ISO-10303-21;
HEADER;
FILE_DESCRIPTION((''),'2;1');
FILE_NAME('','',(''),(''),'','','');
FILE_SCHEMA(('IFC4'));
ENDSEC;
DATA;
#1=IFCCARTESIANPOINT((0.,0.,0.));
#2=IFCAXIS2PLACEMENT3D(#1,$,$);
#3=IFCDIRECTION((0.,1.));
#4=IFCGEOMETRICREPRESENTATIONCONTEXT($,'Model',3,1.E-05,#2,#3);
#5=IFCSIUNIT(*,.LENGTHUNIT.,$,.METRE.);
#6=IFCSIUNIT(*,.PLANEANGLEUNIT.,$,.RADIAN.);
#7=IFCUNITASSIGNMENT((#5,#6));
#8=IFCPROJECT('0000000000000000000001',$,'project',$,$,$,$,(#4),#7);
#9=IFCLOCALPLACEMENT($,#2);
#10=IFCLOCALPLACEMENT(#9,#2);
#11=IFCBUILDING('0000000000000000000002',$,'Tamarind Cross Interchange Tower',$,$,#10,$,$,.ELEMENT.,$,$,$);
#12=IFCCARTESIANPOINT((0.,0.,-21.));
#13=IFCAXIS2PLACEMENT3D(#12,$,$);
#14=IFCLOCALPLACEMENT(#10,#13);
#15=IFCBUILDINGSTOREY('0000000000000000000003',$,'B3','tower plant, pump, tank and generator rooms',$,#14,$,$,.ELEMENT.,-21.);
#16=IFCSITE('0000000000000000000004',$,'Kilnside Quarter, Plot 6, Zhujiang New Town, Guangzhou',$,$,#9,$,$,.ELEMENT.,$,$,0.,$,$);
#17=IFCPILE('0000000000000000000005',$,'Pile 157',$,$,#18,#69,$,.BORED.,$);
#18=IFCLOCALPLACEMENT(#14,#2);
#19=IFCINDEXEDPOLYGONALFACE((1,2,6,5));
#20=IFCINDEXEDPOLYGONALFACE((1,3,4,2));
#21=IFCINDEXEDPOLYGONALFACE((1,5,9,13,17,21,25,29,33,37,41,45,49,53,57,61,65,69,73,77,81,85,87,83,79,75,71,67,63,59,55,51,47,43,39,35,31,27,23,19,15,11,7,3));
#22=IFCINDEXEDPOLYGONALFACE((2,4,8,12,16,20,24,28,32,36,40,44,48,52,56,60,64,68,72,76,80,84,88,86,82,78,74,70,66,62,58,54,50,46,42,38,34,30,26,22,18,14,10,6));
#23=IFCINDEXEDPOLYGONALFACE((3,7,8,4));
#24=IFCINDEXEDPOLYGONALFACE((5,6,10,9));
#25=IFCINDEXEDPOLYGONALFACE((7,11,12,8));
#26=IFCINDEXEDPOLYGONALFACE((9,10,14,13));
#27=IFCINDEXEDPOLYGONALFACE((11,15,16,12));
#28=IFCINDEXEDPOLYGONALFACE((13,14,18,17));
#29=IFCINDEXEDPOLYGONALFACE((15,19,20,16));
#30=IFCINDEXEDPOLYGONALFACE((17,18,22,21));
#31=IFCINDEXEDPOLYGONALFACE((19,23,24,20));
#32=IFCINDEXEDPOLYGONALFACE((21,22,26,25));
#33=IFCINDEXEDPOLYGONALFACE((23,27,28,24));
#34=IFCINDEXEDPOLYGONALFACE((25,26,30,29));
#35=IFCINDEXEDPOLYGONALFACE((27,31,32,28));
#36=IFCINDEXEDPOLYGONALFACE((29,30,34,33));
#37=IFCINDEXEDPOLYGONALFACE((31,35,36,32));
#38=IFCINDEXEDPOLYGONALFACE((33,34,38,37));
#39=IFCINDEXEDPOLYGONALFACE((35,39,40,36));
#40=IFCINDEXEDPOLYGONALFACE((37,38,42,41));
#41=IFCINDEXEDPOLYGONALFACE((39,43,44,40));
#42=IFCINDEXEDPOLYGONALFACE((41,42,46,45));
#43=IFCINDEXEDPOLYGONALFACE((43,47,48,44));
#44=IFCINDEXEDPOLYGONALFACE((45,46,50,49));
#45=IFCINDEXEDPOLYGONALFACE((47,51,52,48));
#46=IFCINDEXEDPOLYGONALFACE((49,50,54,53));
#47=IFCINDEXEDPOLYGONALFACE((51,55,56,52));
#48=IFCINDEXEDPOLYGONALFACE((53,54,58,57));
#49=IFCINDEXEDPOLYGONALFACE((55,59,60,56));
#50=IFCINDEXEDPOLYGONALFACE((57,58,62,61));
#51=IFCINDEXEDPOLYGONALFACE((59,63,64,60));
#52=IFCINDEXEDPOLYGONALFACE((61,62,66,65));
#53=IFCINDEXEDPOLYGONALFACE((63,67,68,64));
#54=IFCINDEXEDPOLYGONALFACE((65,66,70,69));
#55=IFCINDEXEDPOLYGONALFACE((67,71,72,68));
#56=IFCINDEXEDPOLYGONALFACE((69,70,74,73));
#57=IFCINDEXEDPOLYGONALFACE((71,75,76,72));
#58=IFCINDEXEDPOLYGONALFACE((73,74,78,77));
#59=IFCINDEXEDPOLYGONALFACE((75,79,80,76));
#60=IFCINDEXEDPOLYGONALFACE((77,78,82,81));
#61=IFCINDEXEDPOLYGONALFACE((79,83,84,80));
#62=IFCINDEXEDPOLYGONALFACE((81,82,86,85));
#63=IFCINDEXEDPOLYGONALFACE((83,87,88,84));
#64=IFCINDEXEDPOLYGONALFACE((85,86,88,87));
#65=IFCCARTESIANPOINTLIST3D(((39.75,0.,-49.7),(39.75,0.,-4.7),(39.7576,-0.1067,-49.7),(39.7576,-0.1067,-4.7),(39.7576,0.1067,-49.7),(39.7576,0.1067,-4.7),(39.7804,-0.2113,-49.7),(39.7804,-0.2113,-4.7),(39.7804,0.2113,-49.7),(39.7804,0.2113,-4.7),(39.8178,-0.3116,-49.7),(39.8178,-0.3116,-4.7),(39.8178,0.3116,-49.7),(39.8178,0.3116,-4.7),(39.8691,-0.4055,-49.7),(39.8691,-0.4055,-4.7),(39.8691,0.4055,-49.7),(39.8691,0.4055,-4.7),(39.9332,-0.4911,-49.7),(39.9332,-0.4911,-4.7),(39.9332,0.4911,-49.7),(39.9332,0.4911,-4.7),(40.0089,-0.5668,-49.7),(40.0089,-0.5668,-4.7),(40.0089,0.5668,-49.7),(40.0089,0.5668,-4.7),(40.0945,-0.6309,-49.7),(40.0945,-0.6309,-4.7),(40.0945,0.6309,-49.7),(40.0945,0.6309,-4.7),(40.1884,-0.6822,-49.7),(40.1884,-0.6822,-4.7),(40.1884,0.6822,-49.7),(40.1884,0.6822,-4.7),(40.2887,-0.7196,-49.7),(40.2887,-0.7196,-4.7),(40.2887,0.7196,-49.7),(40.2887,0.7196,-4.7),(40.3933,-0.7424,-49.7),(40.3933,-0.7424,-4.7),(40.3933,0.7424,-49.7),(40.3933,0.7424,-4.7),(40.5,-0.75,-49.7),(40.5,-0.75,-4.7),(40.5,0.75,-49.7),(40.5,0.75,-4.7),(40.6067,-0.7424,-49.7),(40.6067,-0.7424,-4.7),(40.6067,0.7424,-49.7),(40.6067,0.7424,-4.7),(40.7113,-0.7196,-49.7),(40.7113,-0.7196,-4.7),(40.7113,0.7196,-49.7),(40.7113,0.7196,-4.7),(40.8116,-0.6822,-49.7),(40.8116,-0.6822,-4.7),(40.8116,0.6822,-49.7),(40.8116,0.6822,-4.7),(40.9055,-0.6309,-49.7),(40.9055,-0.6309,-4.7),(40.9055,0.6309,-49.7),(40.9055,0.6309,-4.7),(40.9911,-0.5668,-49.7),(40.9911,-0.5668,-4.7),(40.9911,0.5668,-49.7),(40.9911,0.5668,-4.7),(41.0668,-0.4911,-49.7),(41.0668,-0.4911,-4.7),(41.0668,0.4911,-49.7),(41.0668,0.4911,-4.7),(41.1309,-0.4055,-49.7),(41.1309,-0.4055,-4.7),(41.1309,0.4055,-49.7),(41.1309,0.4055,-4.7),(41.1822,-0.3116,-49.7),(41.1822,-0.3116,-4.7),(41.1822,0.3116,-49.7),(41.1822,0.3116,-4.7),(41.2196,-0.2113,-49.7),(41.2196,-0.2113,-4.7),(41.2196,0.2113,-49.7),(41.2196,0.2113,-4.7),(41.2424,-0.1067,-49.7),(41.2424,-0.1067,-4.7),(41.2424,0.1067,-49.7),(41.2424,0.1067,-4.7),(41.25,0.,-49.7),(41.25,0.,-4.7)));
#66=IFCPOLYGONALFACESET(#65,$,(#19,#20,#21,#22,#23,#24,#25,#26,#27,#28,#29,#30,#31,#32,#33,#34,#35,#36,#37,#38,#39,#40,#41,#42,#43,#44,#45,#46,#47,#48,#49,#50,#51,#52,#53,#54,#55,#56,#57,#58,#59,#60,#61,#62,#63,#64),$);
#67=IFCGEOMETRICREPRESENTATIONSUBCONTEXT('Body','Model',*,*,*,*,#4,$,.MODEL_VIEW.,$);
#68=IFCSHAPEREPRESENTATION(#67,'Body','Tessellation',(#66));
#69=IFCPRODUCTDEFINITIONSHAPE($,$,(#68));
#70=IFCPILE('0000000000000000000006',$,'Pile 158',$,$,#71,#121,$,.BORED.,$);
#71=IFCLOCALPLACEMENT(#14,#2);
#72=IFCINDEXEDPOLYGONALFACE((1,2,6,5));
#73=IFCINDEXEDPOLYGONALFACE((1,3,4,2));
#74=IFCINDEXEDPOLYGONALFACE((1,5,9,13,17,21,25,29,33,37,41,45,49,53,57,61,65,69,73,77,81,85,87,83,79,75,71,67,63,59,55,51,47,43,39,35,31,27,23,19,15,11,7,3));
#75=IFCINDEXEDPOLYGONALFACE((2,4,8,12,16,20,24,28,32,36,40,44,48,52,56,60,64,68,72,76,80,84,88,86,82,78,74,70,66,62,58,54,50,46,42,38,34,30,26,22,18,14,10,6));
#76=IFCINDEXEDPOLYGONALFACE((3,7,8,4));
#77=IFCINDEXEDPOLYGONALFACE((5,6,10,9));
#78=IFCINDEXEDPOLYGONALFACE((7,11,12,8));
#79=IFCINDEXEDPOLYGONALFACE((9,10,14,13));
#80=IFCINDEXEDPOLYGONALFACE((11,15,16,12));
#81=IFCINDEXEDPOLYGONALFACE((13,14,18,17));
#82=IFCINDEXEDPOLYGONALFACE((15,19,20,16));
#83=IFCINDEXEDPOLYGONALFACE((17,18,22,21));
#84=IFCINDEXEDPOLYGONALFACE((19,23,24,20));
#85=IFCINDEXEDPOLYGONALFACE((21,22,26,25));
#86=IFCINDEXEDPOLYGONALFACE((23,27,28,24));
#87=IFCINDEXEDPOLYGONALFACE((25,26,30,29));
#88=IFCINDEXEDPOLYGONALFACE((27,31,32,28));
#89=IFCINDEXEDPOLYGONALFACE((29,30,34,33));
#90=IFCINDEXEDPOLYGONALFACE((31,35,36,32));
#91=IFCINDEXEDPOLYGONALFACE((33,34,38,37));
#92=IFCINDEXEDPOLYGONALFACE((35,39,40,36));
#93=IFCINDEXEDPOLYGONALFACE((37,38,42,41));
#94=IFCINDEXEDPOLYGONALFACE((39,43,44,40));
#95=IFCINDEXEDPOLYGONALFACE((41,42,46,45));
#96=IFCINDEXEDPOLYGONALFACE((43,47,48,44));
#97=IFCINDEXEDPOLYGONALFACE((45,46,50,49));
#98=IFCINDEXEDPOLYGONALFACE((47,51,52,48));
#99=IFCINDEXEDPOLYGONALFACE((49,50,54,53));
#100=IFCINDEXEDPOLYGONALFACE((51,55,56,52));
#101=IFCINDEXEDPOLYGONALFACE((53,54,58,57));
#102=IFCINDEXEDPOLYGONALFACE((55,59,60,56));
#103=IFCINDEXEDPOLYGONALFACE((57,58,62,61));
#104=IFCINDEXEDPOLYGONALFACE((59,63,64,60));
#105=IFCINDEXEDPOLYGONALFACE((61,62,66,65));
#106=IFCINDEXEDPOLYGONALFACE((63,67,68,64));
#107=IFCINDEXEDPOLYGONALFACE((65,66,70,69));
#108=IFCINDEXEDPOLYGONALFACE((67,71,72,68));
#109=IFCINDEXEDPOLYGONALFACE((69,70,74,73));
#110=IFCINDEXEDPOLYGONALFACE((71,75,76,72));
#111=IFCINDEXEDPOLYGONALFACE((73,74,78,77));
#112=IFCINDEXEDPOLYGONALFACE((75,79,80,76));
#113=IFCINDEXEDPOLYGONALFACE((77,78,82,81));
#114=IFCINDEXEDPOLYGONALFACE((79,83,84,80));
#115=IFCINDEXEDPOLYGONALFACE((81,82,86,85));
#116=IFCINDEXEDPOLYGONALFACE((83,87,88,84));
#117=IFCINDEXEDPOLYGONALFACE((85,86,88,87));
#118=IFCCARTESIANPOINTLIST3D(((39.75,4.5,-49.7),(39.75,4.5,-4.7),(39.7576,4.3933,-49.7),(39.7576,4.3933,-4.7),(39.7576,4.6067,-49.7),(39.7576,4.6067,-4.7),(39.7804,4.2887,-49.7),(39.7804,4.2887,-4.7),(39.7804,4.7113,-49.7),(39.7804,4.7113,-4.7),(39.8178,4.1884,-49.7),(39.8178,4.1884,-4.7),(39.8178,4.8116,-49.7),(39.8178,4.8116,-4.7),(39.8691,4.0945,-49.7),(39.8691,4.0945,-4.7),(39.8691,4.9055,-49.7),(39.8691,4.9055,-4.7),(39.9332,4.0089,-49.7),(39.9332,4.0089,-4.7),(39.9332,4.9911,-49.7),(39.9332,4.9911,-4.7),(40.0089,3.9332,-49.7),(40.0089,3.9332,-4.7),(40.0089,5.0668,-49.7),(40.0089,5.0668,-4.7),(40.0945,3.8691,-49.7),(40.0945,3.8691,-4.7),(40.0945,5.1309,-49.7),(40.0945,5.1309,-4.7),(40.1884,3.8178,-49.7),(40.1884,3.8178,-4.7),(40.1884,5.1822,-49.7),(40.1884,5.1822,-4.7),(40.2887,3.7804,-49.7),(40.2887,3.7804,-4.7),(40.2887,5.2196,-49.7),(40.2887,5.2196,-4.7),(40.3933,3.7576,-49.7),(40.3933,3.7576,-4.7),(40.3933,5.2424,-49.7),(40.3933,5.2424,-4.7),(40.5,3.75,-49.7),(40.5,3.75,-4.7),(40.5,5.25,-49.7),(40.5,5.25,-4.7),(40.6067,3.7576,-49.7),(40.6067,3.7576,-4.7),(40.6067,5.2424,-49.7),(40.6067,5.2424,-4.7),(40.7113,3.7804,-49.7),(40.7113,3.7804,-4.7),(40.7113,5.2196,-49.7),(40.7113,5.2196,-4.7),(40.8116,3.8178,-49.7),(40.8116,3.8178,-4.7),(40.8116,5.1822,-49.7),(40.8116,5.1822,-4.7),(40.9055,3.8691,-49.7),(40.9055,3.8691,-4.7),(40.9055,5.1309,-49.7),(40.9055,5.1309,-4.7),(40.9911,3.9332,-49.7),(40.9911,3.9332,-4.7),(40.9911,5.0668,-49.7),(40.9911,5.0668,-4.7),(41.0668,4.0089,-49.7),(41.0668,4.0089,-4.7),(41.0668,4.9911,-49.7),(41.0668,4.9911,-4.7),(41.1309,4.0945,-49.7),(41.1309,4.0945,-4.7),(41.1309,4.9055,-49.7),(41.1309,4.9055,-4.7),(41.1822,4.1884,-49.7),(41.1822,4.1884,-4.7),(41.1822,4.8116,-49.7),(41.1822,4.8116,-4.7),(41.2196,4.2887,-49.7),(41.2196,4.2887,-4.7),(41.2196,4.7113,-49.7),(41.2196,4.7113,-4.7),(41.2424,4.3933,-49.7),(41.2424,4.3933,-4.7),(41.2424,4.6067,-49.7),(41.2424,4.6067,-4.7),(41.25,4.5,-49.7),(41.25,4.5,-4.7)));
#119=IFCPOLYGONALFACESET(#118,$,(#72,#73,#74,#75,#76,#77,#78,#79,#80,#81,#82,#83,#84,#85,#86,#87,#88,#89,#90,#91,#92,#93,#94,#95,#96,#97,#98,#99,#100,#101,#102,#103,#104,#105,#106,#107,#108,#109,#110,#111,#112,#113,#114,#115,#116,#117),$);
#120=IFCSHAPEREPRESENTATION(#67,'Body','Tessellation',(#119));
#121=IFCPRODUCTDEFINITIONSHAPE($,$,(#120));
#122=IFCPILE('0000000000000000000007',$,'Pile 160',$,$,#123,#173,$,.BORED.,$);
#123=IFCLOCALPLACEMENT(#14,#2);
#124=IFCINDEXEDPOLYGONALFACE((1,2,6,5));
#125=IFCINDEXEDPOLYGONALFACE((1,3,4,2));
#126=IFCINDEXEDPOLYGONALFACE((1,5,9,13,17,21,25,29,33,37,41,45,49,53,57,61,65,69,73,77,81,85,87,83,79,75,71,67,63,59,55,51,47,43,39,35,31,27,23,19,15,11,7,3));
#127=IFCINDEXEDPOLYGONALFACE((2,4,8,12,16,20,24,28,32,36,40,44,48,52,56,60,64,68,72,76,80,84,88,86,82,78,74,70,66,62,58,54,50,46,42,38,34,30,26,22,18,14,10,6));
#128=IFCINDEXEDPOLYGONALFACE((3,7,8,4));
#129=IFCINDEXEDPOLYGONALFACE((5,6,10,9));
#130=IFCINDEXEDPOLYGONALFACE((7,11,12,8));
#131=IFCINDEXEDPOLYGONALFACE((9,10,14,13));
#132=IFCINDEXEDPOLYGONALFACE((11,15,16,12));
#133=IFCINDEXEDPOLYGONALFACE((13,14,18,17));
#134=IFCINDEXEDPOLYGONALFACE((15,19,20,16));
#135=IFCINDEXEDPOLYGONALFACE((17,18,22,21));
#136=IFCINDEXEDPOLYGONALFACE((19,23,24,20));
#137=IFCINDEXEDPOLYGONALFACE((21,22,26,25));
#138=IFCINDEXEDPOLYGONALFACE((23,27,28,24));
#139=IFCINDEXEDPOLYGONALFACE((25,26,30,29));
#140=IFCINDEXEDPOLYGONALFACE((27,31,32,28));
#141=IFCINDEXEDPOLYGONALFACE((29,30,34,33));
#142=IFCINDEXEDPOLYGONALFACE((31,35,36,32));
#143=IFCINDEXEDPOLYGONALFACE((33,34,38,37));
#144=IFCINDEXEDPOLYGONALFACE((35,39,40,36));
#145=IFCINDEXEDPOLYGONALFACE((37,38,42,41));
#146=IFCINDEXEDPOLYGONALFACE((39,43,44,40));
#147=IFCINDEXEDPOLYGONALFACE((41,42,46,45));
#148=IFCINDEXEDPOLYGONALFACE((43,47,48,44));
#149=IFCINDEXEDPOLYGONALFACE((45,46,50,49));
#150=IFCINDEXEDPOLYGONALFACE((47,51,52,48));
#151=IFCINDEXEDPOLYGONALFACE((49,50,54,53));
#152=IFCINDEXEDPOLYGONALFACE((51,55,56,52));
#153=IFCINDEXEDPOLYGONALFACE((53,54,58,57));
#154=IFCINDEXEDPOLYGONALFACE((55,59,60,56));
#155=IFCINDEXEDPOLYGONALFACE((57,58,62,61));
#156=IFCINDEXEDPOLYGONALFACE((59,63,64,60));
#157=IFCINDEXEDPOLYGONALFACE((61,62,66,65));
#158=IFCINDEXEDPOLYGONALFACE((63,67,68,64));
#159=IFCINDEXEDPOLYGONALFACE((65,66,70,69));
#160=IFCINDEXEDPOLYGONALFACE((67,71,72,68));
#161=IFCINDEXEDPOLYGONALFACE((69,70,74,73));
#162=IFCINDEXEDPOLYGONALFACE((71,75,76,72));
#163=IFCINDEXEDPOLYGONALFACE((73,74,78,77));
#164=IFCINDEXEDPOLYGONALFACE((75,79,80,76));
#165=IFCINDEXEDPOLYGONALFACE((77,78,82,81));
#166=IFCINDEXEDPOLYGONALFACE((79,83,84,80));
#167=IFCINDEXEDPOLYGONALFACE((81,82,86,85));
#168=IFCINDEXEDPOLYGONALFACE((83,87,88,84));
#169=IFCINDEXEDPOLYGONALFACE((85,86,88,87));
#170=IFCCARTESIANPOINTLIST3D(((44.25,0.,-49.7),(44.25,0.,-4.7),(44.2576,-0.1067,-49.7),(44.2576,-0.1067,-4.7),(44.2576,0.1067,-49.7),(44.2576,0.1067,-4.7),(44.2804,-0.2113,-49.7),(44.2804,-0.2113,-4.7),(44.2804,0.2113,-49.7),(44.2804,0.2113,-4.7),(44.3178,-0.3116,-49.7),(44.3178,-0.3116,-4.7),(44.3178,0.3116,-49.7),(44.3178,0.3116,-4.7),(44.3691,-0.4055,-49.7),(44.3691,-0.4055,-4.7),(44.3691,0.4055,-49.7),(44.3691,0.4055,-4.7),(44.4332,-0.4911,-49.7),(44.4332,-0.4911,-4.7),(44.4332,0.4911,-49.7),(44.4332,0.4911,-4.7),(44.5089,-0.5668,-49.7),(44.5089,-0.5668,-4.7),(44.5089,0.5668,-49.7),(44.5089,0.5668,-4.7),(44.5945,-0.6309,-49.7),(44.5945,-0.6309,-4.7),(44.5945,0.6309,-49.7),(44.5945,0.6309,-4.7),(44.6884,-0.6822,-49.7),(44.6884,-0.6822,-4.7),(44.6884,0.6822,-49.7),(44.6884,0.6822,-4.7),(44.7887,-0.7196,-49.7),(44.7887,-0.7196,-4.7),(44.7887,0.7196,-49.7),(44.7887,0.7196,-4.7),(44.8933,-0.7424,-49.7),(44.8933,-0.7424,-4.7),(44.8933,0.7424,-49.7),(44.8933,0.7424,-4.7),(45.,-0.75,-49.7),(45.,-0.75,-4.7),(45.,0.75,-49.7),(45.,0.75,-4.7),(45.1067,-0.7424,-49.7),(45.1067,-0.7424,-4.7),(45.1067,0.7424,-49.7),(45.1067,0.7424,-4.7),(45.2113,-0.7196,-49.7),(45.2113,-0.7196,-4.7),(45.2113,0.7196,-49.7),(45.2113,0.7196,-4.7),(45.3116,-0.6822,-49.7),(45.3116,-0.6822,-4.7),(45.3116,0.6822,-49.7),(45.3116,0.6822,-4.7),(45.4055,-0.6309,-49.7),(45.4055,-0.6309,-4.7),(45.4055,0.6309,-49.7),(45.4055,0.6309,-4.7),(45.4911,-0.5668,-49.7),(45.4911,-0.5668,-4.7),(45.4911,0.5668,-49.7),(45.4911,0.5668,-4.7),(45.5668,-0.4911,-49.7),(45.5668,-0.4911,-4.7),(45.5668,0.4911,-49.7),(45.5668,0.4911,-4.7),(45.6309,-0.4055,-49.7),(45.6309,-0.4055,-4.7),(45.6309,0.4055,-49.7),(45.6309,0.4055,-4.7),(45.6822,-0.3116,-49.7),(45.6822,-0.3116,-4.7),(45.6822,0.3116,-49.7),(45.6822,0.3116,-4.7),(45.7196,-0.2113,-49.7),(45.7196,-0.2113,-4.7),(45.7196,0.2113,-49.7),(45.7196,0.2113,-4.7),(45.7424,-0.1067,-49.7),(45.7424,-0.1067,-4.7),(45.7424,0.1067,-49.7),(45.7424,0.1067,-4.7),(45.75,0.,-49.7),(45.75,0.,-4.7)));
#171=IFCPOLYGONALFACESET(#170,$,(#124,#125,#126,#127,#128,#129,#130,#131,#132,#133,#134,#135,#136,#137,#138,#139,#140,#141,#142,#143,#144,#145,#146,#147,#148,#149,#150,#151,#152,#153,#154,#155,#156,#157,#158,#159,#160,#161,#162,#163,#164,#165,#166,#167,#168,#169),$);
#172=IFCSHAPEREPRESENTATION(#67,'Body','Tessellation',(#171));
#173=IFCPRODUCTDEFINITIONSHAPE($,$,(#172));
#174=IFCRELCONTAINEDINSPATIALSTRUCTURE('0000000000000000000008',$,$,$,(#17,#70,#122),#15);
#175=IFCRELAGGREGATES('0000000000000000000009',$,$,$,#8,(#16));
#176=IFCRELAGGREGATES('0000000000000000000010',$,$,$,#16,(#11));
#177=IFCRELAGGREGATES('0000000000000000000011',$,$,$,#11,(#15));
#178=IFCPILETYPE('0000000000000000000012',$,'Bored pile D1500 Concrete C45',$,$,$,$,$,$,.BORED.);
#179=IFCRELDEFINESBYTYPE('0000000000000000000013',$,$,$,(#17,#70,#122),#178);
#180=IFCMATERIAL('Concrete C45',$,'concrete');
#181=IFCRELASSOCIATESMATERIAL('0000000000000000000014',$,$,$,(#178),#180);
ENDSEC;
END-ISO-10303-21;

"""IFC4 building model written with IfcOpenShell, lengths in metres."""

from ifc_helpers import new_model, si_unit, direction, frame, origin, origin_2d, place, context, subcontext, project, spatial, circle, extrude, material, material_profile, profile_set, type_object, element, save


model = new_model("IFC4")

# Units and contexts
model_context = context("Model", 3, precision=1e-05, world=origin(), true_north=direction((0.0, 1.0)))
body_context = subcontext(model_context, "Body", "Model", "MODEL_VIEW")
ifc_project = project(units=[si_unit("LENGTHUNIT", "METRE"), si_unit("PLANEANGLEUNIT", "RADIAN")], contexts=[model_context])

# Site, building, storey
site_placement = place(None, origin())
site = spatial("IfcSite", under=ifc_project, at=site_placement, Name="Kilnside Quarter, Plot 6, Zhujiang New Town, Guangzhou", CompositionType="ELEMENT", RefElevation=0.0)
building_placement = place(site_placement, origin())
building = spatial("IfcBuilding", under=site, at=building_placement, Name="Tamarind Cross Interchange Tower", CompositionType="ELEMENT")
storey_placement = place(building_placement, frame((0.0, 0.0, -21.0)))
storey = spatial("IfcBuildingStorey", under=building, at=storey_placement, Name="B3", Description="tower plant, pump, tank and generator rooms", CompositionType="ELEMENT", Elevation=-21.0)

# Piles
ifc_material_1 = material(Name="Concrete C45", Category="concrete")
ifc_material_profile_1 = material_profile(ifc_material_1, circle(Radius=0.75, at=origin_2d()), Name="RC D1500")
ifc_profile_set_1 = profile_set([ifc_material_profile_1], Name="Concrete C45")
pile_type = type_object("IfcPileType", Name="Bored pile D1500 Concrete C45", PredefinedType="BORED", material=ifc_profile_set_1)
for number, where, z_axis, x_axis, name in (
    (1, (40.5, 0.0, -4.7), (0.0, 0.0, -1.0), (1.0, 0.0, 0.0), "Pile 157"),
    (2, (40.5, 4.5, -4.7), (0.0, 0.0, -1.0), (1.0, 0.0, 0.0), "Pile 158"),
    (3, (45.0, 0.0, -4.7), (0.0, 0.0, -1.0), (1.0, 0.0, 0.0), "Pile 160"),
):
    element("IfcPile", number, at=place(storey_placement, frame(where, z_axis=z_axis, x_axis=x_axis)), inside=storey, type_object=pile_type, Name=name, PredefinedType="BORED", context=body_context, shape_type="SweptSolid", body=[
        extrude(circle(Radius=0.75, at=origin_2d()), origin(), (0.0, 0.0, 1.0), 45.0),
    ])

save(model, "model.ifc")
